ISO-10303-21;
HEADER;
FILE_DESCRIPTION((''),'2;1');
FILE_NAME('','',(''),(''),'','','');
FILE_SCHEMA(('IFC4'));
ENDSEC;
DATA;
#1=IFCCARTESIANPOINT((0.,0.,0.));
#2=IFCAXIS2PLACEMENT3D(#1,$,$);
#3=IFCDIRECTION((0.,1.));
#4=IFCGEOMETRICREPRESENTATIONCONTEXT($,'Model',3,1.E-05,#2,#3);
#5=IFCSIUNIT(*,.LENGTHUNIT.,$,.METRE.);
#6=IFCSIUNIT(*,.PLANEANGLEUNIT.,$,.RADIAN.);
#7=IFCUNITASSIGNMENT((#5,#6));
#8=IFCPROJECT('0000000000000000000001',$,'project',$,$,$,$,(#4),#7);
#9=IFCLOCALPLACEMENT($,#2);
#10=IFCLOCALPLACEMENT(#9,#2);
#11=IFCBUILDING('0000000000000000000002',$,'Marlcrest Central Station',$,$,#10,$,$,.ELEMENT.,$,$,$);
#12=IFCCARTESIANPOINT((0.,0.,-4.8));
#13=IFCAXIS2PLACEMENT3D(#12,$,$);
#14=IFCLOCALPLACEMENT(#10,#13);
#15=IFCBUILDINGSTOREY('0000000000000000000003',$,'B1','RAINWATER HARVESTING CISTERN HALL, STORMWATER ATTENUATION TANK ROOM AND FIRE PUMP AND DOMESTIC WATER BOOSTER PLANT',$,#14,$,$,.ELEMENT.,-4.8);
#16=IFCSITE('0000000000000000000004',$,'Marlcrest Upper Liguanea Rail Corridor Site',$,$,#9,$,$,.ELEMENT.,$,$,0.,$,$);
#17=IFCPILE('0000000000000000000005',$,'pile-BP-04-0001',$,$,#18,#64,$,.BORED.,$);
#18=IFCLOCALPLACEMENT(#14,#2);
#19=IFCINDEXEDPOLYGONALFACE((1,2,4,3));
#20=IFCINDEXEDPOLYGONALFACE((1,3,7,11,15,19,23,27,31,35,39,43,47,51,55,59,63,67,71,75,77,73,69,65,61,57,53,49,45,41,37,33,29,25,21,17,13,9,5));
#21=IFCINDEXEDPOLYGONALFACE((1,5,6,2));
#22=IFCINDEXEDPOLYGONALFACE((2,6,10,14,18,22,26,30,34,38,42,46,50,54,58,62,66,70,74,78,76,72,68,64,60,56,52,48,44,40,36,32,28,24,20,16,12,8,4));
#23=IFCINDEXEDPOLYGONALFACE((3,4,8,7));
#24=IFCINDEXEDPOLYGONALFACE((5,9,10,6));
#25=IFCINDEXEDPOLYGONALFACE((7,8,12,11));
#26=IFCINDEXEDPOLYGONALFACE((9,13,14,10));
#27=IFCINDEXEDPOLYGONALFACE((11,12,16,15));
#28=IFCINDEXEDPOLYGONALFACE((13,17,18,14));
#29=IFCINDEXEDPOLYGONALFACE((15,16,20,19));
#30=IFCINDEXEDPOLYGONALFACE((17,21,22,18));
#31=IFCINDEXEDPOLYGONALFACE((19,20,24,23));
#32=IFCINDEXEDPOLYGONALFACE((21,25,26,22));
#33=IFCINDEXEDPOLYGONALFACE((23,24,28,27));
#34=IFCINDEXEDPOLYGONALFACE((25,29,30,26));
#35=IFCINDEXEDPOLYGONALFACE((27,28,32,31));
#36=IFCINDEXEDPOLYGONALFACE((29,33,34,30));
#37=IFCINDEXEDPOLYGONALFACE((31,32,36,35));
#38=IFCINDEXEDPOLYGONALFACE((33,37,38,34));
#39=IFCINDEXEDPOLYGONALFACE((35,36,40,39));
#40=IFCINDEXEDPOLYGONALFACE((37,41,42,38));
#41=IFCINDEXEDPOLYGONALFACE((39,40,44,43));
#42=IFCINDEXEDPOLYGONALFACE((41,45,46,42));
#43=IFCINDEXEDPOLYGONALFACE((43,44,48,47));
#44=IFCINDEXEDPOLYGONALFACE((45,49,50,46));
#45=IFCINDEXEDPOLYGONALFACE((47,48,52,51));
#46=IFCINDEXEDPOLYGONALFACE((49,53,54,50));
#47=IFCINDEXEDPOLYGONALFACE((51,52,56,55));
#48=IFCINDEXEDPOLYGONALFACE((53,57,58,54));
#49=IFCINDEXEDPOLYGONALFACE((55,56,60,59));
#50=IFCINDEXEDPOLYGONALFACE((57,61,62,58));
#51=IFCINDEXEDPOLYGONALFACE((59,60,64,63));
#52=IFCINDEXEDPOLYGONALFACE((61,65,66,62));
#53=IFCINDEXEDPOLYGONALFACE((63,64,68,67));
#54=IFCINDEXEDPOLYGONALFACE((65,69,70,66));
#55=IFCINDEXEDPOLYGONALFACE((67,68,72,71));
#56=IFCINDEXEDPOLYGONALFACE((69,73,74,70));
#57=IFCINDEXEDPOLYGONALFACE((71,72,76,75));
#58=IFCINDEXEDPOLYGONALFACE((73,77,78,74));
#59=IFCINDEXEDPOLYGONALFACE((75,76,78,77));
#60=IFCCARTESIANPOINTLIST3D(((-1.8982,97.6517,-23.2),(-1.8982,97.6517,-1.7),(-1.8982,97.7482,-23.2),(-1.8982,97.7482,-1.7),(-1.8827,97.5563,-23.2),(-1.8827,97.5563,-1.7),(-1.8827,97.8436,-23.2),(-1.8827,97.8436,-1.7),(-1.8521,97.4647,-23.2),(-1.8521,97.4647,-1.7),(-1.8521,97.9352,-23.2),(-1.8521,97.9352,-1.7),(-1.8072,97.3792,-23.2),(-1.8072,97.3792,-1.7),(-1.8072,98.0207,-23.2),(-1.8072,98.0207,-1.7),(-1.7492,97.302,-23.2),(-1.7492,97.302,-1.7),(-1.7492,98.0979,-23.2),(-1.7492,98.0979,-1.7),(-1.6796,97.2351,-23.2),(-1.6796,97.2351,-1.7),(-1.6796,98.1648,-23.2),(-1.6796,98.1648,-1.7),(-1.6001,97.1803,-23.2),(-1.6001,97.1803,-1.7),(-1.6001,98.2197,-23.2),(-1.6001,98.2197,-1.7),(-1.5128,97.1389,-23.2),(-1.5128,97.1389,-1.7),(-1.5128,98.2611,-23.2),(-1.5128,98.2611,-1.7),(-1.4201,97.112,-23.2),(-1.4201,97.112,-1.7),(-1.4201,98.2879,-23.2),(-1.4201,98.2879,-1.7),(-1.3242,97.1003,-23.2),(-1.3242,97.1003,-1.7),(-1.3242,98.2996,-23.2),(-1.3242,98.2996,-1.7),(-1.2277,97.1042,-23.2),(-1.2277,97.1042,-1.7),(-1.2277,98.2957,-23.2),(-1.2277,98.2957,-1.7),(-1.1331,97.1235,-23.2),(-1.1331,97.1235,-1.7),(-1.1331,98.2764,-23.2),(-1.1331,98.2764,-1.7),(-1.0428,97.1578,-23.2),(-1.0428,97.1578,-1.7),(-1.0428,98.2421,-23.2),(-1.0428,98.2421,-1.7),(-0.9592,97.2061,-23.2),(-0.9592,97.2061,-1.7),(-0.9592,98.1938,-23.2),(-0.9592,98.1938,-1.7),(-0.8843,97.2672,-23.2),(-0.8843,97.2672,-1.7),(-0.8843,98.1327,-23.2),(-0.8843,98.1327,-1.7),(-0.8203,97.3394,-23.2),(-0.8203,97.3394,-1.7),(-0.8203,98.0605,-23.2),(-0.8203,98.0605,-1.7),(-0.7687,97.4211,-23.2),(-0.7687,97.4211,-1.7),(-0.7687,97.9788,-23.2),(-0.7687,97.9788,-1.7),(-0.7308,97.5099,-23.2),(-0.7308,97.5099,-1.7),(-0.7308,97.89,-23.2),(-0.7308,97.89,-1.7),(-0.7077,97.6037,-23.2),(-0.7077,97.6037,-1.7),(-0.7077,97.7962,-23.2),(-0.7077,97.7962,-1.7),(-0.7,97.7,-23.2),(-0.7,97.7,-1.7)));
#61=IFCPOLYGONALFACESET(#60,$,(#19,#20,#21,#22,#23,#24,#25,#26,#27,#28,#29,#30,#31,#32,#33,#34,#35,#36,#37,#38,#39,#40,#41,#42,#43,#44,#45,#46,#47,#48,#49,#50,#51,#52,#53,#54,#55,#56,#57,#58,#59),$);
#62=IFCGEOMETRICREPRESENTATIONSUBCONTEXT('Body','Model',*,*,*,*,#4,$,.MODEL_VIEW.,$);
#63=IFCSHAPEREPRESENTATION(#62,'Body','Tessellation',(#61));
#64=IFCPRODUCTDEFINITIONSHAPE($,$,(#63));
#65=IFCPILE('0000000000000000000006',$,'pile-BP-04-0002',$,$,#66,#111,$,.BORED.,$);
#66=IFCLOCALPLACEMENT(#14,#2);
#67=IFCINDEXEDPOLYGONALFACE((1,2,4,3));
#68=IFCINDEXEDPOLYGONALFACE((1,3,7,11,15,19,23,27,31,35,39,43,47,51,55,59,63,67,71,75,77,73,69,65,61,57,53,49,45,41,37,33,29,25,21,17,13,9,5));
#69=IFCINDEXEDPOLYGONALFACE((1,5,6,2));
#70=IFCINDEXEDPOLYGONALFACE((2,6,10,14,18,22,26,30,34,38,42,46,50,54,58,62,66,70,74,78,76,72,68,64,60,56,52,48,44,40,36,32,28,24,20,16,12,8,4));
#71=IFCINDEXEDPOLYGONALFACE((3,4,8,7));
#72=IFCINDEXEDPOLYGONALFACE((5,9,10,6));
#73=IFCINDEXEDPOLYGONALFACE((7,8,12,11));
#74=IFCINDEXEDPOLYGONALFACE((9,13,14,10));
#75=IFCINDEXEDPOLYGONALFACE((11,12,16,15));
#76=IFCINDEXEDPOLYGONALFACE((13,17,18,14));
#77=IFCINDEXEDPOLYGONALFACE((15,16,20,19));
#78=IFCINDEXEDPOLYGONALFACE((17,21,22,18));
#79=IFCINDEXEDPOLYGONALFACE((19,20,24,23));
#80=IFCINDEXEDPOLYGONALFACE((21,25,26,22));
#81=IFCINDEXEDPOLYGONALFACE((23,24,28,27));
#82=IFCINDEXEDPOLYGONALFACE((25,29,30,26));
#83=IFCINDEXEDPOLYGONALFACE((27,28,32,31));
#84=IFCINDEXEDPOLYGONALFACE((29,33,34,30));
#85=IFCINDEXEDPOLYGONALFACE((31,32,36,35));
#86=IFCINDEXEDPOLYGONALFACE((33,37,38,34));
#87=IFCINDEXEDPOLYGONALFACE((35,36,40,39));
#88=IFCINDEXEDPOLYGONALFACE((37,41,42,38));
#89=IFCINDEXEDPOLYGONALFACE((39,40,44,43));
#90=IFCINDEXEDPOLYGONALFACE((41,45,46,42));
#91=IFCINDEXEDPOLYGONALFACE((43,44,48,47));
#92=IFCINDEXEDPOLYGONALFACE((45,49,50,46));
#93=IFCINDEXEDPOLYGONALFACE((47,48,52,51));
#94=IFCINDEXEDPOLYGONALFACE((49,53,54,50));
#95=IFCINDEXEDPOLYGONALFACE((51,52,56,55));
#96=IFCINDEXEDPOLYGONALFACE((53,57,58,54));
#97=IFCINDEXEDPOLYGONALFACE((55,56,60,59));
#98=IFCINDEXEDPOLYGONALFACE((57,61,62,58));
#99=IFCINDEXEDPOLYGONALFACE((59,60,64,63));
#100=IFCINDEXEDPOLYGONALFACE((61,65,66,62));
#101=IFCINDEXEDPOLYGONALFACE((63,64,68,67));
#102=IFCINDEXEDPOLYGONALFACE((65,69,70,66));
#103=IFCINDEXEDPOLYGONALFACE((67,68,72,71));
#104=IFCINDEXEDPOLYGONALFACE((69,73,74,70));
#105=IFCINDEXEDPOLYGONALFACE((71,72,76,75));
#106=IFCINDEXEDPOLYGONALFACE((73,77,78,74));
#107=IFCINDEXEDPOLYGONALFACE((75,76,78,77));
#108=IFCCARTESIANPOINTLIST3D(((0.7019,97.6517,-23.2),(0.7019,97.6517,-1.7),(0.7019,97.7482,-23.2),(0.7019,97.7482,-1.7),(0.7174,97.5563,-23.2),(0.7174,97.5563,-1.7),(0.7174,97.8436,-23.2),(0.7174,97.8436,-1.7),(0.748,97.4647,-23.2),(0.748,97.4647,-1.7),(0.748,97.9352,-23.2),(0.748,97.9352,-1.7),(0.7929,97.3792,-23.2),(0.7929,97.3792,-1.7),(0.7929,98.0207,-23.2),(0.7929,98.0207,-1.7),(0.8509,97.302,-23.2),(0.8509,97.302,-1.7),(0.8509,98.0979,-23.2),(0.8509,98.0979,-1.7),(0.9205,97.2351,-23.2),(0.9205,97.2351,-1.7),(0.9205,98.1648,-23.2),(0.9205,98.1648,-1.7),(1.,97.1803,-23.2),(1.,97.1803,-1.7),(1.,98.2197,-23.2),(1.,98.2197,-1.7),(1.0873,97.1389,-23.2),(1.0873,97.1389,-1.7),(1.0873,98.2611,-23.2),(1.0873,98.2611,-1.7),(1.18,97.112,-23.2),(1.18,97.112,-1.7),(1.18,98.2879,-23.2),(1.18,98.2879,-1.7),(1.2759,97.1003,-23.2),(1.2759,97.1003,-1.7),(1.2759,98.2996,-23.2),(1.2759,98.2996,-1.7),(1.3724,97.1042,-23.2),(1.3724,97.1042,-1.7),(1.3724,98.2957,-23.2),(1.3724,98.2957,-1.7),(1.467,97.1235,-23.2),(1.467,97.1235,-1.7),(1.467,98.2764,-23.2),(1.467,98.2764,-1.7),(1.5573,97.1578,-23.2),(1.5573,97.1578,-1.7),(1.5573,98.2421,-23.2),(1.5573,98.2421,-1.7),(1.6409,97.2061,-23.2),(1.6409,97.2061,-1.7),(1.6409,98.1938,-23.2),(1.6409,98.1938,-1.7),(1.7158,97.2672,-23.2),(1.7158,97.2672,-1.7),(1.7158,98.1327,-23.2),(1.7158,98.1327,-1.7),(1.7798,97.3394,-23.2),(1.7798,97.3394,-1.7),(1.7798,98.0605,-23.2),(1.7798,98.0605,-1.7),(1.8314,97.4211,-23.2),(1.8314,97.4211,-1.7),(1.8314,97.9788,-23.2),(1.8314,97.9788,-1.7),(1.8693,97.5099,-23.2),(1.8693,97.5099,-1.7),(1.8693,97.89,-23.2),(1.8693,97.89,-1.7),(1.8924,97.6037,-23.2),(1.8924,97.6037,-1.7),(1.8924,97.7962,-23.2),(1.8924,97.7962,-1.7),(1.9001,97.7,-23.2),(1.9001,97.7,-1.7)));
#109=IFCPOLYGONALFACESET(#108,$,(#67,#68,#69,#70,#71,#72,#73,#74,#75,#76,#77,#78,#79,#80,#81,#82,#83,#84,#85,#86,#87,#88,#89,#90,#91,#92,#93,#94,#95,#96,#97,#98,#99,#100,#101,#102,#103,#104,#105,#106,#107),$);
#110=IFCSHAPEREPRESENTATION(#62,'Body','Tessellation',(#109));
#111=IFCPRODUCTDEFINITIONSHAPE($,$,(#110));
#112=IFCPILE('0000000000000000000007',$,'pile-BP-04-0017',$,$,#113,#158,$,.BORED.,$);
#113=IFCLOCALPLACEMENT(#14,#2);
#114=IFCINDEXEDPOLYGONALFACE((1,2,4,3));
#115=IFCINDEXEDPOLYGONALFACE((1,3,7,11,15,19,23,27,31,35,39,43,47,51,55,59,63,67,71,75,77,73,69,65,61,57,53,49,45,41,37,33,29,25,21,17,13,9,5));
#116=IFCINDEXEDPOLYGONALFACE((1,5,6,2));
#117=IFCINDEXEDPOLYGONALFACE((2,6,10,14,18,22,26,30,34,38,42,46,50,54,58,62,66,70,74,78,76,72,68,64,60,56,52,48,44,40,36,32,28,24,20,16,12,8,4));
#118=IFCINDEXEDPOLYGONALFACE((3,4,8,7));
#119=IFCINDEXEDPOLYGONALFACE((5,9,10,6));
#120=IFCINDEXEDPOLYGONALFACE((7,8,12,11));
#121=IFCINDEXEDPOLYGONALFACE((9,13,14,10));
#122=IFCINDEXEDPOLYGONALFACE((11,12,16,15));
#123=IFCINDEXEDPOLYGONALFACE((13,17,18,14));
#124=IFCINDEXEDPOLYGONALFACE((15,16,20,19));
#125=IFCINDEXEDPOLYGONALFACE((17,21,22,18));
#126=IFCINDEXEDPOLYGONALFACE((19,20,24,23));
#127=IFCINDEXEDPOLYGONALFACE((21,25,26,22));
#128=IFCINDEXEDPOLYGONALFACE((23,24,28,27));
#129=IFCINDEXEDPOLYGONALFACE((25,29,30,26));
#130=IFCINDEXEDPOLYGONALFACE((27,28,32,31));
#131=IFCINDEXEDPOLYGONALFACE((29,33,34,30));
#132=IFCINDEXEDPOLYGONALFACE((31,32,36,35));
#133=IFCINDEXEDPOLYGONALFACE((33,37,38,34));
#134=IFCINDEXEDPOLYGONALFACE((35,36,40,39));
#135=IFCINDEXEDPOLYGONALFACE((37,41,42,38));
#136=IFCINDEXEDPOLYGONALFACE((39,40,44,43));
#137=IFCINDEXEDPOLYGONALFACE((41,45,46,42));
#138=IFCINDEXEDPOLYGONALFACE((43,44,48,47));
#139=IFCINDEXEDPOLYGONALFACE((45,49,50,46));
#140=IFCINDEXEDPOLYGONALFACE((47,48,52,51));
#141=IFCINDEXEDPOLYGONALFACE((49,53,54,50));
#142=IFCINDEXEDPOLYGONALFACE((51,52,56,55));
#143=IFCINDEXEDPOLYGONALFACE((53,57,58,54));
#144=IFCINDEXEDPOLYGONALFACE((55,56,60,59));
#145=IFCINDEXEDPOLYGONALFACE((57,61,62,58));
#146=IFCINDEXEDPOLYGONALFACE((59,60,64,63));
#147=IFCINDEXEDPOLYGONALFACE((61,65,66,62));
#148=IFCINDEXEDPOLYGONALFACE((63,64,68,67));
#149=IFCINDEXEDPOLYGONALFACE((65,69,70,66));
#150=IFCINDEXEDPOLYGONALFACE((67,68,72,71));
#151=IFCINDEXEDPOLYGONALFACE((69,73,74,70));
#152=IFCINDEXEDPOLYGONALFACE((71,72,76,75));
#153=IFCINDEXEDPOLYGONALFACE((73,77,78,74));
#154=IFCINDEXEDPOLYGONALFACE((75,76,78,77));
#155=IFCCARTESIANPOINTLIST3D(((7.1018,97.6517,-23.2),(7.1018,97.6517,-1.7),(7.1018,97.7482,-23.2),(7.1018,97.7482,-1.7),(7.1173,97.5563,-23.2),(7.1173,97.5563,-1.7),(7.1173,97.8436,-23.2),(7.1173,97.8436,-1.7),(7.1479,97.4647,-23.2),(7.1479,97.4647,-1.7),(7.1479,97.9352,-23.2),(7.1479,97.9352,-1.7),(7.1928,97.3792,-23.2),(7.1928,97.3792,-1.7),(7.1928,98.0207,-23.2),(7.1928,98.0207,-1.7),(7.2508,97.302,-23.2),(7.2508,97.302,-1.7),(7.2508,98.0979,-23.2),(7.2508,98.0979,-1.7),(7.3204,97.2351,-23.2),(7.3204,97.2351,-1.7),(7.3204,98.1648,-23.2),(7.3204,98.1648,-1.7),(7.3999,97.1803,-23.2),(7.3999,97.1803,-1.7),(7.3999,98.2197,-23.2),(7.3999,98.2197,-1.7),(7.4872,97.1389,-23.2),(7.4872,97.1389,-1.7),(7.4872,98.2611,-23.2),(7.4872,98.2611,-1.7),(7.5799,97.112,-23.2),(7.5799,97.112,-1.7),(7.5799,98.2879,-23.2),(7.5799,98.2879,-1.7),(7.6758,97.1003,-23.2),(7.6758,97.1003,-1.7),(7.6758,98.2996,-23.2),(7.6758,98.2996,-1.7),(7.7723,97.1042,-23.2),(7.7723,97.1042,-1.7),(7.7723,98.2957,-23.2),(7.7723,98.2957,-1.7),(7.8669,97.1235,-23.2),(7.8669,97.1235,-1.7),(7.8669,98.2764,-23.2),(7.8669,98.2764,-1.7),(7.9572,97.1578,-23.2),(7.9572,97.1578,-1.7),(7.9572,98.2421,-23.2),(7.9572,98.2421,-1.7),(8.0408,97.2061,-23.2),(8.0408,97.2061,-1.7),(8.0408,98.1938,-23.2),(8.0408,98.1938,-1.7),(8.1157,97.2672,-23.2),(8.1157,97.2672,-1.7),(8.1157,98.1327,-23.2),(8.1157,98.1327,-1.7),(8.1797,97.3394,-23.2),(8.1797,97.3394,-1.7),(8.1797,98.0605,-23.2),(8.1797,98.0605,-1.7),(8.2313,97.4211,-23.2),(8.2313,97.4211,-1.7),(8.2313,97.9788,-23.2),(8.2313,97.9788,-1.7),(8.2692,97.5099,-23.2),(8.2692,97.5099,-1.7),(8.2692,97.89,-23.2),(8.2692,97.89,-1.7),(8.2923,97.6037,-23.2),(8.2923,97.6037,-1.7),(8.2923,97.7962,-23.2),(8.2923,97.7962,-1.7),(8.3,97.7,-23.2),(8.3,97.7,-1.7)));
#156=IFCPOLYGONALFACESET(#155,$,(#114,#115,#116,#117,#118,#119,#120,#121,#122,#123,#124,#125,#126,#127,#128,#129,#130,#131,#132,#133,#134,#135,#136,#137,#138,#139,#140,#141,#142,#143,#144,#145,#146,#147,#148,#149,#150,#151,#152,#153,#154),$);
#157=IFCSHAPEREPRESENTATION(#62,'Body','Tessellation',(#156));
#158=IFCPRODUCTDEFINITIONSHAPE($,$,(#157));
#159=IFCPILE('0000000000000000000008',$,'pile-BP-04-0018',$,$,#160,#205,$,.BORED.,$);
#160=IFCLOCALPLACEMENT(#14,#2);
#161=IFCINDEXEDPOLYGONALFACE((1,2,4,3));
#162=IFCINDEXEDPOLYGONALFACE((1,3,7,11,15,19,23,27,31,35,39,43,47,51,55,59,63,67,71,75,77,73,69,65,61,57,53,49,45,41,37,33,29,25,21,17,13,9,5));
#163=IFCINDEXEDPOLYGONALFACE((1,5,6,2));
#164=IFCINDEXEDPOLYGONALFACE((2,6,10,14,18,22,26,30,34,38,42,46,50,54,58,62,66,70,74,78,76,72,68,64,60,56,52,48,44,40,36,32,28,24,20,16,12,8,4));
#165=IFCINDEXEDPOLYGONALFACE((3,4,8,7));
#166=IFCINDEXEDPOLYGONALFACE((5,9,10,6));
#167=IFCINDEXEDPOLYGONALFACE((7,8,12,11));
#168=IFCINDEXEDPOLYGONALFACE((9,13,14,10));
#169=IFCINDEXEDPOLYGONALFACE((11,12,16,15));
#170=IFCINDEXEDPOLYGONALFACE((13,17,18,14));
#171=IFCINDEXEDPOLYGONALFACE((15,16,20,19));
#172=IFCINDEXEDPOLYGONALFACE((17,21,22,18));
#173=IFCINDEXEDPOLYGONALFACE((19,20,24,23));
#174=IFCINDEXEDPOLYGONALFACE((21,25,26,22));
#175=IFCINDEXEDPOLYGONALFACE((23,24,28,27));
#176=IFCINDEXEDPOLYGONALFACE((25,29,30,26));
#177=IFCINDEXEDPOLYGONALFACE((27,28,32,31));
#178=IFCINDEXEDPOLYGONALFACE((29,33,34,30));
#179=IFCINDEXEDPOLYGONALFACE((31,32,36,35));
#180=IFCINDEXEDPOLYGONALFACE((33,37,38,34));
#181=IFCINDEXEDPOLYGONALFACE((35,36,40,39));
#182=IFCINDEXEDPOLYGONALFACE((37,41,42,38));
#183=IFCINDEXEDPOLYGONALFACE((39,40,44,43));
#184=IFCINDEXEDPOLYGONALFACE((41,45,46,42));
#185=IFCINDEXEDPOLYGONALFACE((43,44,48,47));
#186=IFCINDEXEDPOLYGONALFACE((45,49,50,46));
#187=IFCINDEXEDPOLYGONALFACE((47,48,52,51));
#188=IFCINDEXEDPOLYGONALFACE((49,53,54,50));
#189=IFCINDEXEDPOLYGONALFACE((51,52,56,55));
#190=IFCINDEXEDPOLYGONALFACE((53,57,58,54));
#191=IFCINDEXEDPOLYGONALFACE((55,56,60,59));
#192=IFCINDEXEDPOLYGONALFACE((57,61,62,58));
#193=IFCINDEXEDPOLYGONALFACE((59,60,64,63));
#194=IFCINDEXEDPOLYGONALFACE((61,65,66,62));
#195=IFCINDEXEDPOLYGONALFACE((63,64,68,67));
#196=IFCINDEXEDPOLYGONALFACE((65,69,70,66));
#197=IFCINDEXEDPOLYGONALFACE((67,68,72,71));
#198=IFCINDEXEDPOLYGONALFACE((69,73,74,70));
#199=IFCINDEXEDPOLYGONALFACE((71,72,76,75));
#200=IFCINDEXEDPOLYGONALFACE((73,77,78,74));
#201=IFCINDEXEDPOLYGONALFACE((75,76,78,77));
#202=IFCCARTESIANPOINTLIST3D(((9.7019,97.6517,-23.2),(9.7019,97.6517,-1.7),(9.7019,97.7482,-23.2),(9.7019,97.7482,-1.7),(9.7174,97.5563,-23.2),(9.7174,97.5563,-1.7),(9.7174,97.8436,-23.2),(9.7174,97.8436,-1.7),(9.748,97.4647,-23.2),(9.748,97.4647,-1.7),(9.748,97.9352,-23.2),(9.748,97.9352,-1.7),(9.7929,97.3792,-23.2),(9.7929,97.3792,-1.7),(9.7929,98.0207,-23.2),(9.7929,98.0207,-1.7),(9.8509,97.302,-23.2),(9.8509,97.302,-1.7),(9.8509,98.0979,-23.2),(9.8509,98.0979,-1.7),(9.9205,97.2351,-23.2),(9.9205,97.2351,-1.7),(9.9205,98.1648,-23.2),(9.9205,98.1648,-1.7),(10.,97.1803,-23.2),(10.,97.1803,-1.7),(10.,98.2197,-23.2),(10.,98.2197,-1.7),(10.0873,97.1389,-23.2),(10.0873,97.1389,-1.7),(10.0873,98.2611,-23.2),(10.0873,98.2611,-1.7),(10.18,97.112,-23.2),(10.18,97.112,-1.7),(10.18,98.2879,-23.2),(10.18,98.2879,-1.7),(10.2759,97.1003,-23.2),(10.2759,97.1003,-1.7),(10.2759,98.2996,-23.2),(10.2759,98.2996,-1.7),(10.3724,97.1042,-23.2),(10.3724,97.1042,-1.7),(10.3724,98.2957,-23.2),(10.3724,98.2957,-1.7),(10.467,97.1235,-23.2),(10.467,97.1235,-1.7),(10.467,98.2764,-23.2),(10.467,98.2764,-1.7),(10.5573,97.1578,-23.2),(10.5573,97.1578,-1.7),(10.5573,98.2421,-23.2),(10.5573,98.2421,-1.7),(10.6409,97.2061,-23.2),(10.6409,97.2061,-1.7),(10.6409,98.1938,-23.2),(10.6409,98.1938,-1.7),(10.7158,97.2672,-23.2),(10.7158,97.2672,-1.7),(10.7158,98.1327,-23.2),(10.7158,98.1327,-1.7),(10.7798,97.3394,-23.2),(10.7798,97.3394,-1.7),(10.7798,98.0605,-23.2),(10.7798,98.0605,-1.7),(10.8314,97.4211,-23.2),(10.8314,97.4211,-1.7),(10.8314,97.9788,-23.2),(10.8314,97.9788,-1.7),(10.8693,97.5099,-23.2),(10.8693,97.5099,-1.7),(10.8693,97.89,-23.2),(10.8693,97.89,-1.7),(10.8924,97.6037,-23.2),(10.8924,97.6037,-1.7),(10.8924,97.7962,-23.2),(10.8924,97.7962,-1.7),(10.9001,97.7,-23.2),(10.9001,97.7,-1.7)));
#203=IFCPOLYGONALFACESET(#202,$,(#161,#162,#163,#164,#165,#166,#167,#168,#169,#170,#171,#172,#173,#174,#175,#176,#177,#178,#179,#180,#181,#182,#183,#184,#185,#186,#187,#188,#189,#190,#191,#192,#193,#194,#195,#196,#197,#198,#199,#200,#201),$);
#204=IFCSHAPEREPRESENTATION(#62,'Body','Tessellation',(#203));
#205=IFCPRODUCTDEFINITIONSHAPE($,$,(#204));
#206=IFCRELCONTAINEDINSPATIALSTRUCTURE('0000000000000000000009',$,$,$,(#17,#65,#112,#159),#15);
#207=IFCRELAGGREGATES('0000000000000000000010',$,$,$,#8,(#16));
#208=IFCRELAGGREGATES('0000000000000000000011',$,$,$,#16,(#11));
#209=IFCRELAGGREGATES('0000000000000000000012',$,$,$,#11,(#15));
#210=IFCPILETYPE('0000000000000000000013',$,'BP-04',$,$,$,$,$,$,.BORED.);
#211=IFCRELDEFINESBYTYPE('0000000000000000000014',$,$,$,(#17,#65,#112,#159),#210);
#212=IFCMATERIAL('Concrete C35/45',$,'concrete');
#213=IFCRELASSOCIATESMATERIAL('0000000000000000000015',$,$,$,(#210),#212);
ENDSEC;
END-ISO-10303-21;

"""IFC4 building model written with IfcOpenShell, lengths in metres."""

from ifc_helpers import new_model, si_unit, direction, frame, origin, origin_2d, place, context, subcontext, project, spatial, circle, extrude, material, material_profile, profile_set, type_object, element, save


model = new_model("IFC4")

# Units and contexts
model_context = context("Model", 3, precision=1e-05, world=origin(), true_north=direction((0.0, 1.0)))
body_context = subcontext(model_context, "Body", "Model", "MODEL_VIEW")
ifc_project = project(units=[si_unit("LENGTHUNIT", "METRE"), si_unit("PLANEANGLEUNIT", "RADIAN")], contexts=[model_context])

# Site, building, storey
site_placement = place(None, origin())
site = spatial("IfcSite", under=ifc_project, at=site_placement, Name="Marlcrest Upper Liguanea Rail Corridor Site", CompositionType="ELEMENT", RefElevation=0.0)
building_placement = place(site_placement, origin())
building = spatial("IfcBuilding", under=site, at=building_placement, Name="Marlcrest Central Station", CompositionType="ELEMENT")
storey_placement = place(building_placement, frame((0.0, 0.0, -4.8)))
storey = spatial("IfcBuildingStorey", under=building, at=storey_placement, Name="B1", Description="RAINWATER HARVESTING CISTERN HALL, STORMWATER ATTENUATION TANK ROOM AND FIRE PUMP AND DOMESTIC WATER BOOSTER PLANT", CompositionType="ELEMENT", Elevation=-4.8)

# Piles
ifc_material_1 = material(Name="Concrete C35/45", Category="concrete")
ifc_material_profile = material_profile(ifc_material_1, circle(Radius=0.6001, at=origin_2d()), Name="PILE D1200")
ifc_profile_set = profile_set([ifc_material_profile], Name="Concrete C35/45")
pile_type = type_object("IfcPileType", Name="BP-04", PredefinedType="BORED", material=ifc_profile_set)
for number, where, z_axis, x_axis, name in (
    (1, (-1.3, 97.7, -1.7), (0.0, 0.0, -1.0), (1.0, 0.0, 0.0), "pile-BP-04-0001"),
    (2, (1.3, 97.7, -1.7), (0.0, 0.0, -1.0), (1.0, 0.0, 0.0), "pile-BP-04-0002"),
    (3, (7.7, 97.7, -1.7), (0.0, 0.0, -1.0), (1.0, 0.0, 0.0), "pile-BP-04-0017"),
    (4, (10.3, 97.7, -1.7), (0.0, 0.0, -1.0), (1.0, 0.0, 0.0), "pile-BP-04-0018"),
):
    element("IfcPile", number, at=place(storey_placement, frame(where, z_axis=z_axis, x_axis=x_axis)), inside=storey, type_object=pile_type, Name=name, PredefinedType="BORED", context=body_context, shape_type="SweptSolid", body=[
        extrude(circle(Radius=0.6001, at=origin_2d()), origin(), (0.0, 0.0, 1.0), 21.5),
    ])

save(model, "model.ifc")
